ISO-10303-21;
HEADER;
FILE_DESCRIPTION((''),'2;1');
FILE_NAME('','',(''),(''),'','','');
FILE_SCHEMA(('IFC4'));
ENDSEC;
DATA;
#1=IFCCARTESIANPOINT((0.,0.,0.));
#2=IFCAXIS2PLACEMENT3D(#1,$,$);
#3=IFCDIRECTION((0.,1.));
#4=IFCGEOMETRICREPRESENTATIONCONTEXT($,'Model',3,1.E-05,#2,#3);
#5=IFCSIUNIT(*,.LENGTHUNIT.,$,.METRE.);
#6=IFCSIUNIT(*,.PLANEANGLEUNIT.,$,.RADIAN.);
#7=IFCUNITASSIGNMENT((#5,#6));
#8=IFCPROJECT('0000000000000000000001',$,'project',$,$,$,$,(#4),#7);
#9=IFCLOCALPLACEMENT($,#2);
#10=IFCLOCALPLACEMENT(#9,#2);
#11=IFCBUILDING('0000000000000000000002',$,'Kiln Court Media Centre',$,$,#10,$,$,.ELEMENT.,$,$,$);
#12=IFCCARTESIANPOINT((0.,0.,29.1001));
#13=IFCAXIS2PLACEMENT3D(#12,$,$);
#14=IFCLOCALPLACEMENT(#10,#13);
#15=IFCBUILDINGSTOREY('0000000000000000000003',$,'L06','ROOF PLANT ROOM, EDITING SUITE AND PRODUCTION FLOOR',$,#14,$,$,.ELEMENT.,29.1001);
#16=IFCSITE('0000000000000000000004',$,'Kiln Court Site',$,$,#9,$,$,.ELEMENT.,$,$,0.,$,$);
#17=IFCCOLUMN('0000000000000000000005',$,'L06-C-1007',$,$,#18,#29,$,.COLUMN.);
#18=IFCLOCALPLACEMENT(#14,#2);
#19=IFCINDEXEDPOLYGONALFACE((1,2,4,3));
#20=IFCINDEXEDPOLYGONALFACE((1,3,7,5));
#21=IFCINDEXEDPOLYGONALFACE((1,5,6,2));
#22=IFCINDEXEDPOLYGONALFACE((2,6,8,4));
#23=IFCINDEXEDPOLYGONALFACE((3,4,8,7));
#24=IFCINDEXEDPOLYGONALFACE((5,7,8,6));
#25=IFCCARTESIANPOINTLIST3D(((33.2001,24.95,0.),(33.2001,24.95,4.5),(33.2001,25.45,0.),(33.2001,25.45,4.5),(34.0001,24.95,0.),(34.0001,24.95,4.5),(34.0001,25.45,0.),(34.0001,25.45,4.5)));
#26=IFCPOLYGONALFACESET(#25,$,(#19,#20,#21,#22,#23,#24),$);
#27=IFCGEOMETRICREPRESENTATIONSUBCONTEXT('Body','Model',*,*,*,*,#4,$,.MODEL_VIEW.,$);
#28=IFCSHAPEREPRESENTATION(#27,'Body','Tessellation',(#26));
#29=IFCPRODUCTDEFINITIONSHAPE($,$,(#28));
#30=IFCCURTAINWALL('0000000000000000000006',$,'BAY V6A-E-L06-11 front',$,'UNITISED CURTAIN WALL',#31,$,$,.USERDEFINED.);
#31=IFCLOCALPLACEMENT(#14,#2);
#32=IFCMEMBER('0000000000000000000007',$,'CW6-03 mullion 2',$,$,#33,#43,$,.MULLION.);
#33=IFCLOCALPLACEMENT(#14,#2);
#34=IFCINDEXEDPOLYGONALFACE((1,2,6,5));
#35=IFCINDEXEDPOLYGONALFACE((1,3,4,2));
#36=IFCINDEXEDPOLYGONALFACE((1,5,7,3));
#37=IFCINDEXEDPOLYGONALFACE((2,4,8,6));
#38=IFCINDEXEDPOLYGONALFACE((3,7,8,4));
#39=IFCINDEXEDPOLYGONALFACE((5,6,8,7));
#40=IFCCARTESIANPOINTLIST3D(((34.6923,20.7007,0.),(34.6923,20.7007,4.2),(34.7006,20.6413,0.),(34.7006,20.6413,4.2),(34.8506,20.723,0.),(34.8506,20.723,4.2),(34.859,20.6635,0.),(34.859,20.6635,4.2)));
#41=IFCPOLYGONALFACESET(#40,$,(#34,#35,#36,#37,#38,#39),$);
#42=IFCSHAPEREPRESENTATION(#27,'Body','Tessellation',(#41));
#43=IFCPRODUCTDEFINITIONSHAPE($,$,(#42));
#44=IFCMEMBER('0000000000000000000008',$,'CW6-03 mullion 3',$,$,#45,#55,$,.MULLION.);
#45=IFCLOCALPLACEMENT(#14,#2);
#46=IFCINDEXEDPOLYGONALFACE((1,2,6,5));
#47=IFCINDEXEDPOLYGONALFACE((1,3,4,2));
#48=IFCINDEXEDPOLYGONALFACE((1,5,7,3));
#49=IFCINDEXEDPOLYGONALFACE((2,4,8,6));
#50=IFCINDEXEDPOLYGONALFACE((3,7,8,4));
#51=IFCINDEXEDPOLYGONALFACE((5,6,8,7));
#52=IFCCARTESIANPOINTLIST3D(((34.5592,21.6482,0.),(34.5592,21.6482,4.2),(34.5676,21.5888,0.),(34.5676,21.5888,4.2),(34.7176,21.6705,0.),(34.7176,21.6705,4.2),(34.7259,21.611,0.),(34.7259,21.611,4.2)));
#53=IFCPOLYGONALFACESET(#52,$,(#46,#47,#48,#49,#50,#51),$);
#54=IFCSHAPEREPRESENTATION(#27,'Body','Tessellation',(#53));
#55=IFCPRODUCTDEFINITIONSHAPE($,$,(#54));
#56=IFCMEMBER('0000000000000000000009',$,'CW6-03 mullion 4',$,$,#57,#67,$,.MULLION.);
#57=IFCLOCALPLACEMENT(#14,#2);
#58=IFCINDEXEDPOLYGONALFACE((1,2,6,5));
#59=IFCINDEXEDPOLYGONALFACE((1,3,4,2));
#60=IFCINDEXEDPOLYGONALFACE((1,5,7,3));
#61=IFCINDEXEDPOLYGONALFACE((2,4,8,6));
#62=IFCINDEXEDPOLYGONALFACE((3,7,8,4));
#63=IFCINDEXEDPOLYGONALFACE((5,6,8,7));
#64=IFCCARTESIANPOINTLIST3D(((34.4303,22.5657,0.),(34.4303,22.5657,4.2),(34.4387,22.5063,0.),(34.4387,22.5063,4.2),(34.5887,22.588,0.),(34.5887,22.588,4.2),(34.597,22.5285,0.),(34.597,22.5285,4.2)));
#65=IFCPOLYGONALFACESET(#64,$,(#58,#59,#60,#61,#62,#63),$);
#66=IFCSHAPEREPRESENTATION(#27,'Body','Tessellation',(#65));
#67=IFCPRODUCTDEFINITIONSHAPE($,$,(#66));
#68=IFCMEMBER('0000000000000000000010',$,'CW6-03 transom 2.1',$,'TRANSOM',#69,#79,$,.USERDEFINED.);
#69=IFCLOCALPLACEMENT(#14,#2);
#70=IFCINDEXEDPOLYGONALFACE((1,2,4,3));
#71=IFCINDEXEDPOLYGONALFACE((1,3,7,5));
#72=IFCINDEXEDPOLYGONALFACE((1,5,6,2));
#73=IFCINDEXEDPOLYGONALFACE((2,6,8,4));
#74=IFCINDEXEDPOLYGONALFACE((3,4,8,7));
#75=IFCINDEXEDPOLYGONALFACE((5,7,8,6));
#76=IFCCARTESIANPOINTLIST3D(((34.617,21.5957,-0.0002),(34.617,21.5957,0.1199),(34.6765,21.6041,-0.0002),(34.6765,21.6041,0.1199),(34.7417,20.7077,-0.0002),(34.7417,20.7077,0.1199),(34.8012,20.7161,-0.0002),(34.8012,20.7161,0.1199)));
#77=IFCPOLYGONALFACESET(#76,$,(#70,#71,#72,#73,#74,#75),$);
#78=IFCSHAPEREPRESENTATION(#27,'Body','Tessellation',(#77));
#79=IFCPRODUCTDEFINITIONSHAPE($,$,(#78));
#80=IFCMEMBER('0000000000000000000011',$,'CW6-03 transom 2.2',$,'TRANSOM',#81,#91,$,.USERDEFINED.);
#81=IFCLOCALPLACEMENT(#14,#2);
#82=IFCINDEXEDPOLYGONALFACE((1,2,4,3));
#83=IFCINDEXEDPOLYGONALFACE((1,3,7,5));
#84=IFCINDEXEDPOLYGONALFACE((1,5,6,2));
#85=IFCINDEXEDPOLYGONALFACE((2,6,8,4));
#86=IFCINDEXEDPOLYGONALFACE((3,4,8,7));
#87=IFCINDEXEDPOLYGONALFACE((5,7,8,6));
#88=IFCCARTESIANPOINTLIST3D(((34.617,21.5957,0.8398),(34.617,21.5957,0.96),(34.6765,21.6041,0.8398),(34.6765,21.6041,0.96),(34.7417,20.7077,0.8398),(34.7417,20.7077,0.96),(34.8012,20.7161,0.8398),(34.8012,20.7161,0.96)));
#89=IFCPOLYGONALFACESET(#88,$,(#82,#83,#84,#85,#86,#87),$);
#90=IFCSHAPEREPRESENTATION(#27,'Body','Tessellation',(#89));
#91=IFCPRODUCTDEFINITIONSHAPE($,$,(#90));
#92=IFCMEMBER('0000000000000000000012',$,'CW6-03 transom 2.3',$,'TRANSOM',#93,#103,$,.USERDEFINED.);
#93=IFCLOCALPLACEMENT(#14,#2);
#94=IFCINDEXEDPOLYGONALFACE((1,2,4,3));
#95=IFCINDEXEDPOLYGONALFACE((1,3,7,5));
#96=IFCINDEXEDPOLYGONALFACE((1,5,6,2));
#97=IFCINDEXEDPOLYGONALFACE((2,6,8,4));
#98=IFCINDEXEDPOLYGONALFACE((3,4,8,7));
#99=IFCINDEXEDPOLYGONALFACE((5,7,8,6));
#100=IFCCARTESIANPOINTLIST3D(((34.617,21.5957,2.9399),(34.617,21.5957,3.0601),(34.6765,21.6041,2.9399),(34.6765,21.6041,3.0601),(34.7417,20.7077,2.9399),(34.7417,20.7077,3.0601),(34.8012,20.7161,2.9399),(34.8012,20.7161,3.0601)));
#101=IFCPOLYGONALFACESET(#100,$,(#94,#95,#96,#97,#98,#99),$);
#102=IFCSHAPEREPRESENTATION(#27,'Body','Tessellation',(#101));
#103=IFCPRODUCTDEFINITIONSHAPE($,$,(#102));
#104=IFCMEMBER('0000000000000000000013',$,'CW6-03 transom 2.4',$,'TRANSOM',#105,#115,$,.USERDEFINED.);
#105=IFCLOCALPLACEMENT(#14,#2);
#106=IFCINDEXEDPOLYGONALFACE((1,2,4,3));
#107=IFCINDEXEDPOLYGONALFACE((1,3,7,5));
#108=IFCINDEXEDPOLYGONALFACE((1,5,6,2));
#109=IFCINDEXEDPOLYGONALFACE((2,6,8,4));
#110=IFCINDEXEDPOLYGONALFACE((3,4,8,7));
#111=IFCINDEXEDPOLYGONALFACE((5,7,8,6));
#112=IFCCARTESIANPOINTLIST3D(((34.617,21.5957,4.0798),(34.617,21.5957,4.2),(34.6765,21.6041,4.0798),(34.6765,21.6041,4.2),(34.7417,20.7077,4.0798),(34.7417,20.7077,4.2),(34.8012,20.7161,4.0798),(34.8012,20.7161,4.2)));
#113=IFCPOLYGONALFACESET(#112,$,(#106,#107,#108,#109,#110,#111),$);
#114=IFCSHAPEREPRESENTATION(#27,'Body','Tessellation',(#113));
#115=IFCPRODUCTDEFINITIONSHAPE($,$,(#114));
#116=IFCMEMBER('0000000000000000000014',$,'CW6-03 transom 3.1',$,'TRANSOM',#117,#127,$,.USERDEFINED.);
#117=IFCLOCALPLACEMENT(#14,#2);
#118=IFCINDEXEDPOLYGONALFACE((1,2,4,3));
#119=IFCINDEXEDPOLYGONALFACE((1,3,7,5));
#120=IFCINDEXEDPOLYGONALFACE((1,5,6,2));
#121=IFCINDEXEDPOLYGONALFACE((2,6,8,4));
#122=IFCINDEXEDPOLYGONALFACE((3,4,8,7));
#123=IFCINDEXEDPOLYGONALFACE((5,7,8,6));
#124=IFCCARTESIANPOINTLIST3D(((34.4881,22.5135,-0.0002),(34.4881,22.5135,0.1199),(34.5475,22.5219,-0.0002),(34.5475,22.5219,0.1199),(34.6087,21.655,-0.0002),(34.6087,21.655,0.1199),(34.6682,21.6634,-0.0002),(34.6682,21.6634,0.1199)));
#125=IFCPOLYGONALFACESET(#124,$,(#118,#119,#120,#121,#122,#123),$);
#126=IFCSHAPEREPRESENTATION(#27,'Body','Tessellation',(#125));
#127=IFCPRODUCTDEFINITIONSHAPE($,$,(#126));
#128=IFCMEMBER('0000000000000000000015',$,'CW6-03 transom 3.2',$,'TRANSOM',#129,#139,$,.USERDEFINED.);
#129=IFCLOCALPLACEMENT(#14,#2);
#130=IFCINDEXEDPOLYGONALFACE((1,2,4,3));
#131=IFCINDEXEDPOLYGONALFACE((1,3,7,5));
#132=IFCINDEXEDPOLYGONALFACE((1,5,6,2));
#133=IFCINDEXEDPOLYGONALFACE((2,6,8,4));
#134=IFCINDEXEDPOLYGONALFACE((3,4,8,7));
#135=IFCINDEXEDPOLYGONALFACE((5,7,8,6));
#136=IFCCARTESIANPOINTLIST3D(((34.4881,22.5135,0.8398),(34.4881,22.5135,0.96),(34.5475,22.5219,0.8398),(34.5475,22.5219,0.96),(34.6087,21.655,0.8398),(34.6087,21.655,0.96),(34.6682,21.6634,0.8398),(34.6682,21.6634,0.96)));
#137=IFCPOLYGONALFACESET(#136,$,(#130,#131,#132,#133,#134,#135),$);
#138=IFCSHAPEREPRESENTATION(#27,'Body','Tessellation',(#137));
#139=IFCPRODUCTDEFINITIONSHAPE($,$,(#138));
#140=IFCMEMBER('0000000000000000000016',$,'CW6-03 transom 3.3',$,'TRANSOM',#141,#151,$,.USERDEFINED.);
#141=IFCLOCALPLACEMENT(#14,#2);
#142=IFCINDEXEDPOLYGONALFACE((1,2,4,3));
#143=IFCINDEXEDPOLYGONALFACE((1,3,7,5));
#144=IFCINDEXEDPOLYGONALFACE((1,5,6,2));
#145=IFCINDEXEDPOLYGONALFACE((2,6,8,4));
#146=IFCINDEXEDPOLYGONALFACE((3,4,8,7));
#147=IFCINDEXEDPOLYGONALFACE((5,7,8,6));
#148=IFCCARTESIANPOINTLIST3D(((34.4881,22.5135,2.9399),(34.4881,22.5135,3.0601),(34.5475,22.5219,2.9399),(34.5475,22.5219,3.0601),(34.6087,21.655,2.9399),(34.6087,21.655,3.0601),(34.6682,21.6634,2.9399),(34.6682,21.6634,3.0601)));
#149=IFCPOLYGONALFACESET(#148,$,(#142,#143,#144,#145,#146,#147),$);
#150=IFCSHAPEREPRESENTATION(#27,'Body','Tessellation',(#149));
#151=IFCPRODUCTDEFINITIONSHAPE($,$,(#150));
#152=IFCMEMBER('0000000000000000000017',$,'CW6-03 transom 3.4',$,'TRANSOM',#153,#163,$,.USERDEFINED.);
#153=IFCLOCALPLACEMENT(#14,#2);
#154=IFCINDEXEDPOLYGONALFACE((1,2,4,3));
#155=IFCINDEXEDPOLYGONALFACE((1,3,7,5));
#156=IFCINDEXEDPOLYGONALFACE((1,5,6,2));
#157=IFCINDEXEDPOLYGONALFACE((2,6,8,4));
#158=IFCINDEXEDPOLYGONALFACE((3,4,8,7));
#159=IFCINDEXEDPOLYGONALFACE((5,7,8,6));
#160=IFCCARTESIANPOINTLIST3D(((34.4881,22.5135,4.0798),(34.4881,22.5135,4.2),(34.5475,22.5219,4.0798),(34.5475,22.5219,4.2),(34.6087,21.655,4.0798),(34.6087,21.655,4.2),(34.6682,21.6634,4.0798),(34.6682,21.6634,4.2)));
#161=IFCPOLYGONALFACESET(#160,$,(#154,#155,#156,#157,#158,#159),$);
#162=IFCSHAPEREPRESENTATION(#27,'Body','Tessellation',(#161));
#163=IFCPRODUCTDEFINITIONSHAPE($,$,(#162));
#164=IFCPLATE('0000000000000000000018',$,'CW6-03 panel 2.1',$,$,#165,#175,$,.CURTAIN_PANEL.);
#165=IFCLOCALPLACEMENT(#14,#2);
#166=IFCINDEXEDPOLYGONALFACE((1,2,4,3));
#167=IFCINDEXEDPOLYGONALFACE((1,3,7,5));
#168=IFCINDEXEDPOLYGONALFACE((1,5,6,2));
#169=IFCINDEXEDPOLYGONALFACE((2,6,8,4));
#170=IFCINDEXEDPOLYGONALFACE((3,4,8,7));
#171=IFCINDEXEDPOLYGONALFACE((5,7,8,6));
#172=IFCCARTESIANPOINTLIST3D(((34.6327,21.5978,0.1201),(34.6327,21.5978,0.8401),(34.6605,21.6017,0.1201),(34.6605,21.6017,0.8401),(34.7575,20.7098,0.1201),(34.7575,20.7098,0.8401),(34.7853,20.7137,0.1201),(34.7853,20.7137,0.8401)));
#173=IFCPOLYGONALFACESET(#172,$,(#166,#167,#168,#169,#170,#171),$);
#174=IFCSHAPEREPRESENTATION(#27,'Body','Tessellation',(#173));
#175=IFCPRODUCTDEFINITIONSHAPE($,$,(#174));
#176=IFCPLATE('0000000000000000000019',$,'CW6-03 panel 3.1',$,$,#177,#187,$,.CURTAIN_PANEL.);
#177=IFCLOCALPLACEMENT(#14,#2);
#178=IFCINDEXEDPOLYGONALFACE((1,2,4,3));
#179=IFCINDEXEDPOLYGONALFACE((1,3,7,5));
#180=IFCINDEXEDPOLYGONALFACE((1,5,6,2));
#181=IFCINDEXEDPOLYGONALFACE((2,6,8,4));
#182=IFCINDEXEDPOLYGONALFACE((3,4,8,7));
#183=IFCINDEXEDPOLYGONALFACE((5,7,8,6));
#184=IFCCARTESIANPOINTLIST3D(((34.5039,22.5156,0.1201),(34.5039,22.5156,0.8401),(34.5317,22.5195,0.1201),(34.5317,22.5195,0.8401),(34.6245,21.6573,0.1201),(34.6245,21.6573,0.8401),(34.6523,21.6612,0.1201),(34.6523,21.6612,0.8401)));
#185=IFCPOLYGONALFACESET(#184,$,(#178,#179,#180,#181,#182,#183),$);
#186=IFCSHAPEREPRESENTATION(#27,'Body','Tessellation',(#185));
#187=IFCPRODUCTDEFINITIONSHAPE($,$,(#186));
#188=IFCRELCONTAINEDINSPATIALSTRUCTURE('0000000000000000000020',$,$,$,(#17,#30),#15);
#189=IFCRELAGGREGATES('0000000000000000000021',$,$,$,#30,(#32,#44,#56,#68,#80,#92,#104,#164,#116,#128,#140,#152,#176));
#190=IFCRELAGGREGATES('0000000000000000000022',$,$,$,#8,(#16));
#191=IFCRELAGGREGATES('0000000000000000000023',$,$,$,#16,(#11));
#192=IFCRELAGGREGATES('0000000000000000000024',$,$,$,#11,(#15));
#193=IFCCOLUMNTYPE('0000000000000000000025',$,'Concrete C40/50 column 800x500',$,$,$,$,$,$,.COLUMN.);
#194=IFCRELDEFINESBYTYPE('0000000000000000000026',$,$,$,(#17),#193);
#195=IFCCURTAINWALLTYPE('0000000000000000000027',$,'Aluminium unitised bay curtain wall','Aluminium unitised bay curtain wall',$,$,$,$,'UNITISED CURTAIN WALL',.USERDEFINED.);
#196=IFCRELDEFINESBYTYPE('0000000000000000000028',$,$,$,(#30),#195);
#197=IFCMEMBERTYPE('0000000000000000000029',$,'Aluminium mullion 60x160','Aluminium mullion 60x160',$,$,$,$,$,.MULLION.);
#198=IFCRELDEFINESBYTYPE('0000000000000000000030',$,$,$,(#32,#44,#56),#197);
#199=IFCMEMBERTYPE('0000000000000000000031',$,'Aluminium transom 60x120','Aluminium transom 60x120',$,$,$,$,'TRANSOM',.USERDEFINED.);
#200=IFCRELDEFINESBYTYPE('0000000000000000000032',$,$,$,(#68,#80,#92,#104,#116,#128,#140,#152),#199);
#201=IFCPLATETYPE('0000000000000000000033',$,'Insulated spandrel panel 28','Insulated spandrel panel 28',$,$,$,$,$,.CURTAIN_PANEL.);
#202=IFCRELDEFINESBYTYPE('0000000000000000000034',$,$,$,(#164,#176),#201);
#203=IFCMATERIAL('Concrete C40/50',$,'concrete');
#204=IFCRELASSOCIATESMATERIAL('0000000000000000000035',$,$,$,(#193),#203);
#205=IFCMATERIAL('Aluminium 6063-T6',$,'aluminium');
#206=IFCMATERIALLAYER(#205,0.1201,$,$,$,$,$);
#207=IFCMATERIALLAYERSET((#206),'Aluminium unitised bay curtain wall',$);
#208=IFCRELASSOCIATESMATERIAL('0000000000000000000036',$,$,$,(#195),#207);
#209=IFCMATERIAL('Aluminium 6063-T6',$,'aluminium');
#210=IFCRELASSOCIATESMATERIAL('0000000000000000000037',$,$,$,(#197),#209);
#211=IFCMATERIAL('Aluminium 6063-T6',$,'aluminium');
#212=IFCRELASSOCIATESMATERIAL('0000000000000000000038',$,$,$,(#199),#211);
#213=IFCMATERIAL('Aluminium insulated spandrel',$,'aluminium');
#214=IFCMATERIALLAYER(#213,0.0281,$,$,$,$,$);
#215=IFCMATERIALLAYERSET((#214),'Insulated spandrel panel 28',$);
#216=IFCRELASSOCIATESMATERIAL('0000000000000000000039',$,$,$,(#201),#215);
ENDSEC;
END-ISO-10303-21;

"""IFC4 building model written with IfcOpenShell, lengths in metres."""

from ifc_helpers import new_model, si_unit, direction, frame, origin, origin_2d, place, context, subcontext, project, spatial, rectangle, extrude, material, layer, layer_set, material_profile, profile_set, type_object, element, aggregate, save


model = new_model("IFC4")

# Units and contexts
model_context = context("Model", 3, precision=1e-05, world=origin(), true_north=direction((0.0, 1.0)))
body_context = subcontext(model_context, "Body", "Model", "MODEL_VIEW")
ifc_project = project(units=[si_unit("LENGTHUNIT", "METRE"), si_unit("PLANEANGLEUNIT", "RADIAN")], contexts=[model_context])

# Site, building, storey
site_placement = place(None, origin())
site = spatial("IfcSite", under=ifc_project, at=site_placement, Name="Kiln Court Site", CompositionType="ELEMENT", RefElevation=0.0)
building_placement = place(site_placement, origin())
building = spatial("IfcBuilding", under=site, at=building_placement, Name="Kiln Court Media Centre", CompositionType="ELEMENT")
storey_placement = place(building_placement, frame((0.0, 0.0, 29.1001)))
storey = spatial("IfcBuildingStorey", under=building, at=storey_placement, Name="L06", Description="ROOF PLANT ROOM, EDITING SUITE AND PRODUCTION FLOOR", CompositionType="ELEMENT", Elevation=29.1001)

# Column
ifc_material_1 = material(Name="Concrete C40/50", Category="concrete")
ifc_material_profile_1 = material_profile(ifc_material_1, rectangle(XDim=0.8, YDim=0.5, at=origin_2d()), Name="RC 800x500")
ifc_profile_set_1 = profile_set([ifc_material_profile_1], Name="Concrete C40/50")
column_type = type_object("IfcColumnType", Name="Concrete C40/50 column 800x500", PredefinedType="COLUMN", material=ifc_profile_set_1)
column_placement = place(storey_placement, frame((33.6001, 25.2, 0.0), z_axis=(0.0, 0.0, 1.0), x_axis=(1.0, 0.0, 0.0)))
element("IfcColumn", 1, at=column_placement, inside=storey, type_object=column_type, Name="L06-C-1007", PredefinedType="COLUMN", context=body_context, shape_type="SweptSolid", body=[
    extrude(rectangle(XDim=0.8, YDim=0.5, at=origin_2d()), origin(), (0.0, 0.0, 1.0), 4.5),
])

# Curtain wall, members, plates
ifc_material_2 = material(Name="Aluminium 6063-T6", Category="aluminium")
ifc_layer_1 = layer(ifc_material_2, 0.1201)
ifc_layer_set_1 = layer_set([ifc_layer_1], Name="Aluminium unitised bay curtain wall")
curtain_wall_type = type_object("IfcCurtainWallType", Name="Aluminium unitised bay curtain wall", Description="Aluminium unitised bay curtain wall", ElementType="UNITISED CURTAIN WALL", PredefinedType="USERDEFINED", material=ifc_layer_set_1)
curtain_wall_placement = place(storey_placement, origin())
curtain_wall = element("IfcCurtainWall", 2, at=curtain_wall_placement, inside=storey, type_object=curtain_wall_type, Name="BAY V6A-E-L06-11 front", ObjectType="UNITISED CURTAIN WALL", PredefinedType="USERDEFINED")
ifc_material_3 = material(Name="Aluminium 6063-T6", Category="aluminium")
ifc_material_profile_2 = material_profile(ifc_material_3, rectangle(XDim=0.0601, YDim=0.1599, at=origin_2d()), Name="Aluminium mullion 60x160")
ifc_profile_set_2 = profile_set([ifc_material_profile_2], Name="Aluminium 6063-T6")
member_type_1 = type_object("IfcMemberType", Name="Aluminium mullion 60x160", Description="Aluminium mullion 60x160", PredefinedType="MULLION", material=ifc_profile_set_2)
member_1_placement = place(storey_placement, frame((34.7756, 20.6821, 0.0), z_axis=(0.0, 0.0, 1.0), x_axis=(-0.139162, 0.99027, 0.0)))
member_1 = element("IfcMember", 3, at=member_1_placement, type_object=member_type_1, Name="CW6-03 mullion 2", PredefinedType="MULLION", context=body_context, shape_type="SweptSolid", body=[
    extrude(rectangle(XDim=0.0601, YDim=0.1599, at=origin_2d()), origin(), (0.0, 0.0, 1.0), 4.2),
])
member_2_placement = place(storey_placement, frame((34.6426, 21.6296, 0.0), z_axis=(0.0, 0.0, 1.0), x_axis=(-0.139162, 0.99027, 0.0)))
member_2 = element("IfcMember", 4, at=member_2_placement, type_object=member_type_1, Name="CW6-03 mullion 3", PredefinedType="MULLION", context=body_context, shape_type="SweptSolid", body=[
    extrude(rectangle(XDim=0.0601, YDim=0.1599, at=origin_2d()), origin(), (0.0, 0.0, 1.0), 4.2),
])
member_3_placement = place(storey_placement, frame((34.5137, 22.5471, 0.0), z_axis=(0.0, 0.0, 1.0), x_axis=(-0.139162, 0.99027, 0.0)))
member_3 = element("IfcMember", 5, at=member_3_placement, type_object=member_type_1, Name="CW6-03 mullion 4", PredefinedType="MULLION", context=body_context, shape_type="SweptSolid", body=[
    extrude(rectangle(XDim=0.0601, YDim=0.1599, at=origin_2d()), origin(), (0.0, 0.0, 1.0), 4.2),
])
ifc_material_4 = material(Name="Aluminium 6063-T6", Category="aluminium")
ifc_material_profile_3 = material_profile(ifc_material_4, rectangle(XDim=0.0601, YDim=0.1201, at=origin_2d()), Name="Aluminium transom 60x120")
ifc_profile_set_3 = profile_set([ifc_material_profile_3], Name="Aluminium 6063-T6")
member_type_2 = type_object("IfcMemberType", Name="Aluminium transom 60x120", Description="Aluminium transom 60x120", ElementType="TRANSOM", PredefinedType="USERDEFINED", material=ifc_profile_set_3)
member_4_placement = place(storey_placement, frame((34.7715, 20.7119, 0.0598), z_axis=(-0.139134, 0.990274, 0.0), x_axis=(-0.990274, -0.139134, 0.0)))
member_4 = element("IfcMember", 6, at=member_4_placement, type_object=member_type_2, Name="CW6-03 transom 2.1", ObjectType="TRANSOM", PredefinedType="USERDEFINED", context=body_context, shape_type="SweptSolid", body=[
    extrude(rectangle(XDim=0.0601, YDim=0.1201, at=origin_2d()), origin(), (0.0, 0.0, 1.0), 0.8967),
])
member_5_placement = place(storey_placement, frame((34.7715, 20.7119, 0.8999), z_axis=(-0.139134, 0.990274, 0.0), x_axis=(-0.990274, -0.139134, 0.0)))
member_5 = element("IfcMember", 7, at=member_5_placement, type_object=member_type_2, Name="CW6-03 transom 2.2", ObjectType="TRANSOM", PredefinedType="USERDEFINED", context=body_context, shape_type="SweptSolid", body=[
    extrude(rectangle(XDim=0.0601, YDim=0.1201, at=origin_2d()), origin(), (0.0, 0.0, 1.0), 0.8967),
])
member_6_placement = place(storey_placement, frame((34.7715, 20.7119, 3.0), z_axis=(-0.139134, 0.990274, 0.0), x_axis=(-0.990274, -0.139134, 0.0)))
member_6 = element("IfcMember", 8, at=member_6_placement, type_object=member_type_2, Name="CW6-03 transom 2.3", ObjectType="TRANSOM", PredefinedType="USERDEFINED", context=body_context, shape_type="SweptSolid", body=[
    extrude(rectangle(XDim=0.0601, YDim=0.1201, at=origin_2d()), origin(), (0.0, 0.0, 1.0), 0.8967),
])
member_7_placement = place(storey_placement, frame((34.7715, 20.7119, 4.1399), z_axis=(-0.139134, 0.990274, 0.0), x_axis=(-0.990274, -0.139134, 0.0)))
member_7 = element("IfcMember", 9, at=member_7_placement, type_object=member_type_2, Name="CW6-03 transom 2.4", ObjectType="TRANSOM", PredefinedType="USERDEFINED", context=body_context, shape_type="SweptSolid", body=[
    extrude(rectangle(XDim=0.0601, YDim=0.1201, at=origin_2d()), origin(), (0.0, 0.0, 1.0), 0.8967),
])
member_8_placement = place(storey_placement, frame((34.6384, 21.6592, 0.0598), z_axis=(-0.139134, 0.990274, 0.0), x_axis=(-0.990274, -0.139134, 0.0)))
member_8 = element("IfcMember", 10, at=member_8_placement, type_object=member_type_2, Name="CW6-03 transom 3.1", ObjectType="TRANSOM", PredefinedType="USERDEFINED", context=body_context, shape_type="SweptSolid", body=[
    extrude(rectangle(XDim=0.0601, YDim=0.1201, at=origin_2d()), origin(), (0.0, 0.0, 1.0), 0.8669),
])
member_9_placement = place(storey_placement, frame((34.6384, 21.6592, 0.8999), z_axis=(-0.139134, 0.990274, 0.0), x_axis=(-0.990274, -0.139134, 0.0)))
member_9 = element("IfcMember", 11, at=member_9_placement, type_object=member_type_2, Name="CW6-03 transom 3.2", ObjectType="TRANSOM", PredefinedType="USERDEFINED", context=body_context, shape_type="SweptSolid", body=[
    extrude(rectangle(XDim=0.0601, YDim=0.1201, at=origin_2d()), origin(), (0.0, 0.0, 1.0), 0.8669),
])
member_10_placement = place(storey_placement, frame((34.6384, 21.6592, 3.0), z_axis=(-0.139134, 0.990274, 0.0), x_axis=(-0.990274, -0.139134, 0.0)))
member_10 = element("IfcMember", 12, at=member_10_placement, type_object=member_type_2, Name="CW6-03 transom 3.3", ObjectType="TRANSOM", PredefinedType="USERDEFINED", context=body_context, shape_type="SweptSolid", body=[
    extrude(rectangle(XDim=0.0601, YDim=0.1201, at=origin_2d()), origin(), (0.0, 0.0, 1.0), 0.8669),
])
member_11_placement = place(storey_placement, frame((34.6384, 21.6592, 4.1399), z_axis=(-0.139134, 0.990274, 0.0), x_axis=(-0.990274, -0.139134, 0.0)))
member_11 = element("IfcMember", 13, at=member_11_placement, type_object=member_type_2, Name="CW6-03 transom 3.4", ObjectType="TRANSOM", PredefinedType="USERDEFINED", context=body_context, shape_type="SweptSolid", body=[
    extrude(rectangle(XDim=0.0601, YDim=0.1201, at=origin_2d()), origin(), (0.0, 0.0, 1.0), 0.8669),
])
ifc_material_5 = material(Name="Aluminium insulated spandrel", Category="aluminium")
ifc_layer_2 = layer(ifc_material_5, 0.0281)
ifc_layer_set_2 = layer_set([ifc_layer_2], Name="Insulated spandrel panel 28")
plate_type_1 = type_object("IfcPlateType", Name="Insulated spandrel panel 28", Description="Insulated spandrel panel 28", PredefinedType="CURTAIN_PANEL", material=ifc_layer_set_2)
plate_1_placement = place(storey_placement, frame((34.709, 21.1558, 0.1201), z_axis=(0.0, 0.0, 1.0), x_axis=(-0.139162, 0.99027, 0.0)))
plate_1 = element("IfcPlate", 14, at=plate_1_placement, type_object=plate_type_1, Name="CW6-03 panel 2.1", PredefinedType="CURTAIN_PANEL", context=body_context, shape_type="SweptSolid", body=[
    extrude(rectangle(XDim=0.8967, YDim=0.0281, at=origin_2d()), origin(), (0.0, 0.0, 1.0), 0.72),
])
plate_2_placement = place(storey_placement, frame((34.5781, 22.0884, 0.1201), z_axis=(0.0, 0.0, 1.0), x_axis=(-0.139162, 0.99027, 0.0)))
plate_2 = element("IfcPlate", 15, at=plate_2_placement, type_object=plate_type_1, Name="CW6-03 panel 3.1", PredefinedType="CURTAIN_PANEL", context=body_context, shape_type="SweptSolid", body=[
    extrude(rectangle(XDim=0.8667, YDim=0.0281, at=origin_2d()), origin(), (0.0, 0.0, 1.0), 0.72),
])
aggregate(curtain_wall, [member_1, member_2, member_3, member_4, member_5, member_6, member_7, plate_1, member_8, member_9, member_10, member_11, plate_2])

save(model, "model.ifc")
